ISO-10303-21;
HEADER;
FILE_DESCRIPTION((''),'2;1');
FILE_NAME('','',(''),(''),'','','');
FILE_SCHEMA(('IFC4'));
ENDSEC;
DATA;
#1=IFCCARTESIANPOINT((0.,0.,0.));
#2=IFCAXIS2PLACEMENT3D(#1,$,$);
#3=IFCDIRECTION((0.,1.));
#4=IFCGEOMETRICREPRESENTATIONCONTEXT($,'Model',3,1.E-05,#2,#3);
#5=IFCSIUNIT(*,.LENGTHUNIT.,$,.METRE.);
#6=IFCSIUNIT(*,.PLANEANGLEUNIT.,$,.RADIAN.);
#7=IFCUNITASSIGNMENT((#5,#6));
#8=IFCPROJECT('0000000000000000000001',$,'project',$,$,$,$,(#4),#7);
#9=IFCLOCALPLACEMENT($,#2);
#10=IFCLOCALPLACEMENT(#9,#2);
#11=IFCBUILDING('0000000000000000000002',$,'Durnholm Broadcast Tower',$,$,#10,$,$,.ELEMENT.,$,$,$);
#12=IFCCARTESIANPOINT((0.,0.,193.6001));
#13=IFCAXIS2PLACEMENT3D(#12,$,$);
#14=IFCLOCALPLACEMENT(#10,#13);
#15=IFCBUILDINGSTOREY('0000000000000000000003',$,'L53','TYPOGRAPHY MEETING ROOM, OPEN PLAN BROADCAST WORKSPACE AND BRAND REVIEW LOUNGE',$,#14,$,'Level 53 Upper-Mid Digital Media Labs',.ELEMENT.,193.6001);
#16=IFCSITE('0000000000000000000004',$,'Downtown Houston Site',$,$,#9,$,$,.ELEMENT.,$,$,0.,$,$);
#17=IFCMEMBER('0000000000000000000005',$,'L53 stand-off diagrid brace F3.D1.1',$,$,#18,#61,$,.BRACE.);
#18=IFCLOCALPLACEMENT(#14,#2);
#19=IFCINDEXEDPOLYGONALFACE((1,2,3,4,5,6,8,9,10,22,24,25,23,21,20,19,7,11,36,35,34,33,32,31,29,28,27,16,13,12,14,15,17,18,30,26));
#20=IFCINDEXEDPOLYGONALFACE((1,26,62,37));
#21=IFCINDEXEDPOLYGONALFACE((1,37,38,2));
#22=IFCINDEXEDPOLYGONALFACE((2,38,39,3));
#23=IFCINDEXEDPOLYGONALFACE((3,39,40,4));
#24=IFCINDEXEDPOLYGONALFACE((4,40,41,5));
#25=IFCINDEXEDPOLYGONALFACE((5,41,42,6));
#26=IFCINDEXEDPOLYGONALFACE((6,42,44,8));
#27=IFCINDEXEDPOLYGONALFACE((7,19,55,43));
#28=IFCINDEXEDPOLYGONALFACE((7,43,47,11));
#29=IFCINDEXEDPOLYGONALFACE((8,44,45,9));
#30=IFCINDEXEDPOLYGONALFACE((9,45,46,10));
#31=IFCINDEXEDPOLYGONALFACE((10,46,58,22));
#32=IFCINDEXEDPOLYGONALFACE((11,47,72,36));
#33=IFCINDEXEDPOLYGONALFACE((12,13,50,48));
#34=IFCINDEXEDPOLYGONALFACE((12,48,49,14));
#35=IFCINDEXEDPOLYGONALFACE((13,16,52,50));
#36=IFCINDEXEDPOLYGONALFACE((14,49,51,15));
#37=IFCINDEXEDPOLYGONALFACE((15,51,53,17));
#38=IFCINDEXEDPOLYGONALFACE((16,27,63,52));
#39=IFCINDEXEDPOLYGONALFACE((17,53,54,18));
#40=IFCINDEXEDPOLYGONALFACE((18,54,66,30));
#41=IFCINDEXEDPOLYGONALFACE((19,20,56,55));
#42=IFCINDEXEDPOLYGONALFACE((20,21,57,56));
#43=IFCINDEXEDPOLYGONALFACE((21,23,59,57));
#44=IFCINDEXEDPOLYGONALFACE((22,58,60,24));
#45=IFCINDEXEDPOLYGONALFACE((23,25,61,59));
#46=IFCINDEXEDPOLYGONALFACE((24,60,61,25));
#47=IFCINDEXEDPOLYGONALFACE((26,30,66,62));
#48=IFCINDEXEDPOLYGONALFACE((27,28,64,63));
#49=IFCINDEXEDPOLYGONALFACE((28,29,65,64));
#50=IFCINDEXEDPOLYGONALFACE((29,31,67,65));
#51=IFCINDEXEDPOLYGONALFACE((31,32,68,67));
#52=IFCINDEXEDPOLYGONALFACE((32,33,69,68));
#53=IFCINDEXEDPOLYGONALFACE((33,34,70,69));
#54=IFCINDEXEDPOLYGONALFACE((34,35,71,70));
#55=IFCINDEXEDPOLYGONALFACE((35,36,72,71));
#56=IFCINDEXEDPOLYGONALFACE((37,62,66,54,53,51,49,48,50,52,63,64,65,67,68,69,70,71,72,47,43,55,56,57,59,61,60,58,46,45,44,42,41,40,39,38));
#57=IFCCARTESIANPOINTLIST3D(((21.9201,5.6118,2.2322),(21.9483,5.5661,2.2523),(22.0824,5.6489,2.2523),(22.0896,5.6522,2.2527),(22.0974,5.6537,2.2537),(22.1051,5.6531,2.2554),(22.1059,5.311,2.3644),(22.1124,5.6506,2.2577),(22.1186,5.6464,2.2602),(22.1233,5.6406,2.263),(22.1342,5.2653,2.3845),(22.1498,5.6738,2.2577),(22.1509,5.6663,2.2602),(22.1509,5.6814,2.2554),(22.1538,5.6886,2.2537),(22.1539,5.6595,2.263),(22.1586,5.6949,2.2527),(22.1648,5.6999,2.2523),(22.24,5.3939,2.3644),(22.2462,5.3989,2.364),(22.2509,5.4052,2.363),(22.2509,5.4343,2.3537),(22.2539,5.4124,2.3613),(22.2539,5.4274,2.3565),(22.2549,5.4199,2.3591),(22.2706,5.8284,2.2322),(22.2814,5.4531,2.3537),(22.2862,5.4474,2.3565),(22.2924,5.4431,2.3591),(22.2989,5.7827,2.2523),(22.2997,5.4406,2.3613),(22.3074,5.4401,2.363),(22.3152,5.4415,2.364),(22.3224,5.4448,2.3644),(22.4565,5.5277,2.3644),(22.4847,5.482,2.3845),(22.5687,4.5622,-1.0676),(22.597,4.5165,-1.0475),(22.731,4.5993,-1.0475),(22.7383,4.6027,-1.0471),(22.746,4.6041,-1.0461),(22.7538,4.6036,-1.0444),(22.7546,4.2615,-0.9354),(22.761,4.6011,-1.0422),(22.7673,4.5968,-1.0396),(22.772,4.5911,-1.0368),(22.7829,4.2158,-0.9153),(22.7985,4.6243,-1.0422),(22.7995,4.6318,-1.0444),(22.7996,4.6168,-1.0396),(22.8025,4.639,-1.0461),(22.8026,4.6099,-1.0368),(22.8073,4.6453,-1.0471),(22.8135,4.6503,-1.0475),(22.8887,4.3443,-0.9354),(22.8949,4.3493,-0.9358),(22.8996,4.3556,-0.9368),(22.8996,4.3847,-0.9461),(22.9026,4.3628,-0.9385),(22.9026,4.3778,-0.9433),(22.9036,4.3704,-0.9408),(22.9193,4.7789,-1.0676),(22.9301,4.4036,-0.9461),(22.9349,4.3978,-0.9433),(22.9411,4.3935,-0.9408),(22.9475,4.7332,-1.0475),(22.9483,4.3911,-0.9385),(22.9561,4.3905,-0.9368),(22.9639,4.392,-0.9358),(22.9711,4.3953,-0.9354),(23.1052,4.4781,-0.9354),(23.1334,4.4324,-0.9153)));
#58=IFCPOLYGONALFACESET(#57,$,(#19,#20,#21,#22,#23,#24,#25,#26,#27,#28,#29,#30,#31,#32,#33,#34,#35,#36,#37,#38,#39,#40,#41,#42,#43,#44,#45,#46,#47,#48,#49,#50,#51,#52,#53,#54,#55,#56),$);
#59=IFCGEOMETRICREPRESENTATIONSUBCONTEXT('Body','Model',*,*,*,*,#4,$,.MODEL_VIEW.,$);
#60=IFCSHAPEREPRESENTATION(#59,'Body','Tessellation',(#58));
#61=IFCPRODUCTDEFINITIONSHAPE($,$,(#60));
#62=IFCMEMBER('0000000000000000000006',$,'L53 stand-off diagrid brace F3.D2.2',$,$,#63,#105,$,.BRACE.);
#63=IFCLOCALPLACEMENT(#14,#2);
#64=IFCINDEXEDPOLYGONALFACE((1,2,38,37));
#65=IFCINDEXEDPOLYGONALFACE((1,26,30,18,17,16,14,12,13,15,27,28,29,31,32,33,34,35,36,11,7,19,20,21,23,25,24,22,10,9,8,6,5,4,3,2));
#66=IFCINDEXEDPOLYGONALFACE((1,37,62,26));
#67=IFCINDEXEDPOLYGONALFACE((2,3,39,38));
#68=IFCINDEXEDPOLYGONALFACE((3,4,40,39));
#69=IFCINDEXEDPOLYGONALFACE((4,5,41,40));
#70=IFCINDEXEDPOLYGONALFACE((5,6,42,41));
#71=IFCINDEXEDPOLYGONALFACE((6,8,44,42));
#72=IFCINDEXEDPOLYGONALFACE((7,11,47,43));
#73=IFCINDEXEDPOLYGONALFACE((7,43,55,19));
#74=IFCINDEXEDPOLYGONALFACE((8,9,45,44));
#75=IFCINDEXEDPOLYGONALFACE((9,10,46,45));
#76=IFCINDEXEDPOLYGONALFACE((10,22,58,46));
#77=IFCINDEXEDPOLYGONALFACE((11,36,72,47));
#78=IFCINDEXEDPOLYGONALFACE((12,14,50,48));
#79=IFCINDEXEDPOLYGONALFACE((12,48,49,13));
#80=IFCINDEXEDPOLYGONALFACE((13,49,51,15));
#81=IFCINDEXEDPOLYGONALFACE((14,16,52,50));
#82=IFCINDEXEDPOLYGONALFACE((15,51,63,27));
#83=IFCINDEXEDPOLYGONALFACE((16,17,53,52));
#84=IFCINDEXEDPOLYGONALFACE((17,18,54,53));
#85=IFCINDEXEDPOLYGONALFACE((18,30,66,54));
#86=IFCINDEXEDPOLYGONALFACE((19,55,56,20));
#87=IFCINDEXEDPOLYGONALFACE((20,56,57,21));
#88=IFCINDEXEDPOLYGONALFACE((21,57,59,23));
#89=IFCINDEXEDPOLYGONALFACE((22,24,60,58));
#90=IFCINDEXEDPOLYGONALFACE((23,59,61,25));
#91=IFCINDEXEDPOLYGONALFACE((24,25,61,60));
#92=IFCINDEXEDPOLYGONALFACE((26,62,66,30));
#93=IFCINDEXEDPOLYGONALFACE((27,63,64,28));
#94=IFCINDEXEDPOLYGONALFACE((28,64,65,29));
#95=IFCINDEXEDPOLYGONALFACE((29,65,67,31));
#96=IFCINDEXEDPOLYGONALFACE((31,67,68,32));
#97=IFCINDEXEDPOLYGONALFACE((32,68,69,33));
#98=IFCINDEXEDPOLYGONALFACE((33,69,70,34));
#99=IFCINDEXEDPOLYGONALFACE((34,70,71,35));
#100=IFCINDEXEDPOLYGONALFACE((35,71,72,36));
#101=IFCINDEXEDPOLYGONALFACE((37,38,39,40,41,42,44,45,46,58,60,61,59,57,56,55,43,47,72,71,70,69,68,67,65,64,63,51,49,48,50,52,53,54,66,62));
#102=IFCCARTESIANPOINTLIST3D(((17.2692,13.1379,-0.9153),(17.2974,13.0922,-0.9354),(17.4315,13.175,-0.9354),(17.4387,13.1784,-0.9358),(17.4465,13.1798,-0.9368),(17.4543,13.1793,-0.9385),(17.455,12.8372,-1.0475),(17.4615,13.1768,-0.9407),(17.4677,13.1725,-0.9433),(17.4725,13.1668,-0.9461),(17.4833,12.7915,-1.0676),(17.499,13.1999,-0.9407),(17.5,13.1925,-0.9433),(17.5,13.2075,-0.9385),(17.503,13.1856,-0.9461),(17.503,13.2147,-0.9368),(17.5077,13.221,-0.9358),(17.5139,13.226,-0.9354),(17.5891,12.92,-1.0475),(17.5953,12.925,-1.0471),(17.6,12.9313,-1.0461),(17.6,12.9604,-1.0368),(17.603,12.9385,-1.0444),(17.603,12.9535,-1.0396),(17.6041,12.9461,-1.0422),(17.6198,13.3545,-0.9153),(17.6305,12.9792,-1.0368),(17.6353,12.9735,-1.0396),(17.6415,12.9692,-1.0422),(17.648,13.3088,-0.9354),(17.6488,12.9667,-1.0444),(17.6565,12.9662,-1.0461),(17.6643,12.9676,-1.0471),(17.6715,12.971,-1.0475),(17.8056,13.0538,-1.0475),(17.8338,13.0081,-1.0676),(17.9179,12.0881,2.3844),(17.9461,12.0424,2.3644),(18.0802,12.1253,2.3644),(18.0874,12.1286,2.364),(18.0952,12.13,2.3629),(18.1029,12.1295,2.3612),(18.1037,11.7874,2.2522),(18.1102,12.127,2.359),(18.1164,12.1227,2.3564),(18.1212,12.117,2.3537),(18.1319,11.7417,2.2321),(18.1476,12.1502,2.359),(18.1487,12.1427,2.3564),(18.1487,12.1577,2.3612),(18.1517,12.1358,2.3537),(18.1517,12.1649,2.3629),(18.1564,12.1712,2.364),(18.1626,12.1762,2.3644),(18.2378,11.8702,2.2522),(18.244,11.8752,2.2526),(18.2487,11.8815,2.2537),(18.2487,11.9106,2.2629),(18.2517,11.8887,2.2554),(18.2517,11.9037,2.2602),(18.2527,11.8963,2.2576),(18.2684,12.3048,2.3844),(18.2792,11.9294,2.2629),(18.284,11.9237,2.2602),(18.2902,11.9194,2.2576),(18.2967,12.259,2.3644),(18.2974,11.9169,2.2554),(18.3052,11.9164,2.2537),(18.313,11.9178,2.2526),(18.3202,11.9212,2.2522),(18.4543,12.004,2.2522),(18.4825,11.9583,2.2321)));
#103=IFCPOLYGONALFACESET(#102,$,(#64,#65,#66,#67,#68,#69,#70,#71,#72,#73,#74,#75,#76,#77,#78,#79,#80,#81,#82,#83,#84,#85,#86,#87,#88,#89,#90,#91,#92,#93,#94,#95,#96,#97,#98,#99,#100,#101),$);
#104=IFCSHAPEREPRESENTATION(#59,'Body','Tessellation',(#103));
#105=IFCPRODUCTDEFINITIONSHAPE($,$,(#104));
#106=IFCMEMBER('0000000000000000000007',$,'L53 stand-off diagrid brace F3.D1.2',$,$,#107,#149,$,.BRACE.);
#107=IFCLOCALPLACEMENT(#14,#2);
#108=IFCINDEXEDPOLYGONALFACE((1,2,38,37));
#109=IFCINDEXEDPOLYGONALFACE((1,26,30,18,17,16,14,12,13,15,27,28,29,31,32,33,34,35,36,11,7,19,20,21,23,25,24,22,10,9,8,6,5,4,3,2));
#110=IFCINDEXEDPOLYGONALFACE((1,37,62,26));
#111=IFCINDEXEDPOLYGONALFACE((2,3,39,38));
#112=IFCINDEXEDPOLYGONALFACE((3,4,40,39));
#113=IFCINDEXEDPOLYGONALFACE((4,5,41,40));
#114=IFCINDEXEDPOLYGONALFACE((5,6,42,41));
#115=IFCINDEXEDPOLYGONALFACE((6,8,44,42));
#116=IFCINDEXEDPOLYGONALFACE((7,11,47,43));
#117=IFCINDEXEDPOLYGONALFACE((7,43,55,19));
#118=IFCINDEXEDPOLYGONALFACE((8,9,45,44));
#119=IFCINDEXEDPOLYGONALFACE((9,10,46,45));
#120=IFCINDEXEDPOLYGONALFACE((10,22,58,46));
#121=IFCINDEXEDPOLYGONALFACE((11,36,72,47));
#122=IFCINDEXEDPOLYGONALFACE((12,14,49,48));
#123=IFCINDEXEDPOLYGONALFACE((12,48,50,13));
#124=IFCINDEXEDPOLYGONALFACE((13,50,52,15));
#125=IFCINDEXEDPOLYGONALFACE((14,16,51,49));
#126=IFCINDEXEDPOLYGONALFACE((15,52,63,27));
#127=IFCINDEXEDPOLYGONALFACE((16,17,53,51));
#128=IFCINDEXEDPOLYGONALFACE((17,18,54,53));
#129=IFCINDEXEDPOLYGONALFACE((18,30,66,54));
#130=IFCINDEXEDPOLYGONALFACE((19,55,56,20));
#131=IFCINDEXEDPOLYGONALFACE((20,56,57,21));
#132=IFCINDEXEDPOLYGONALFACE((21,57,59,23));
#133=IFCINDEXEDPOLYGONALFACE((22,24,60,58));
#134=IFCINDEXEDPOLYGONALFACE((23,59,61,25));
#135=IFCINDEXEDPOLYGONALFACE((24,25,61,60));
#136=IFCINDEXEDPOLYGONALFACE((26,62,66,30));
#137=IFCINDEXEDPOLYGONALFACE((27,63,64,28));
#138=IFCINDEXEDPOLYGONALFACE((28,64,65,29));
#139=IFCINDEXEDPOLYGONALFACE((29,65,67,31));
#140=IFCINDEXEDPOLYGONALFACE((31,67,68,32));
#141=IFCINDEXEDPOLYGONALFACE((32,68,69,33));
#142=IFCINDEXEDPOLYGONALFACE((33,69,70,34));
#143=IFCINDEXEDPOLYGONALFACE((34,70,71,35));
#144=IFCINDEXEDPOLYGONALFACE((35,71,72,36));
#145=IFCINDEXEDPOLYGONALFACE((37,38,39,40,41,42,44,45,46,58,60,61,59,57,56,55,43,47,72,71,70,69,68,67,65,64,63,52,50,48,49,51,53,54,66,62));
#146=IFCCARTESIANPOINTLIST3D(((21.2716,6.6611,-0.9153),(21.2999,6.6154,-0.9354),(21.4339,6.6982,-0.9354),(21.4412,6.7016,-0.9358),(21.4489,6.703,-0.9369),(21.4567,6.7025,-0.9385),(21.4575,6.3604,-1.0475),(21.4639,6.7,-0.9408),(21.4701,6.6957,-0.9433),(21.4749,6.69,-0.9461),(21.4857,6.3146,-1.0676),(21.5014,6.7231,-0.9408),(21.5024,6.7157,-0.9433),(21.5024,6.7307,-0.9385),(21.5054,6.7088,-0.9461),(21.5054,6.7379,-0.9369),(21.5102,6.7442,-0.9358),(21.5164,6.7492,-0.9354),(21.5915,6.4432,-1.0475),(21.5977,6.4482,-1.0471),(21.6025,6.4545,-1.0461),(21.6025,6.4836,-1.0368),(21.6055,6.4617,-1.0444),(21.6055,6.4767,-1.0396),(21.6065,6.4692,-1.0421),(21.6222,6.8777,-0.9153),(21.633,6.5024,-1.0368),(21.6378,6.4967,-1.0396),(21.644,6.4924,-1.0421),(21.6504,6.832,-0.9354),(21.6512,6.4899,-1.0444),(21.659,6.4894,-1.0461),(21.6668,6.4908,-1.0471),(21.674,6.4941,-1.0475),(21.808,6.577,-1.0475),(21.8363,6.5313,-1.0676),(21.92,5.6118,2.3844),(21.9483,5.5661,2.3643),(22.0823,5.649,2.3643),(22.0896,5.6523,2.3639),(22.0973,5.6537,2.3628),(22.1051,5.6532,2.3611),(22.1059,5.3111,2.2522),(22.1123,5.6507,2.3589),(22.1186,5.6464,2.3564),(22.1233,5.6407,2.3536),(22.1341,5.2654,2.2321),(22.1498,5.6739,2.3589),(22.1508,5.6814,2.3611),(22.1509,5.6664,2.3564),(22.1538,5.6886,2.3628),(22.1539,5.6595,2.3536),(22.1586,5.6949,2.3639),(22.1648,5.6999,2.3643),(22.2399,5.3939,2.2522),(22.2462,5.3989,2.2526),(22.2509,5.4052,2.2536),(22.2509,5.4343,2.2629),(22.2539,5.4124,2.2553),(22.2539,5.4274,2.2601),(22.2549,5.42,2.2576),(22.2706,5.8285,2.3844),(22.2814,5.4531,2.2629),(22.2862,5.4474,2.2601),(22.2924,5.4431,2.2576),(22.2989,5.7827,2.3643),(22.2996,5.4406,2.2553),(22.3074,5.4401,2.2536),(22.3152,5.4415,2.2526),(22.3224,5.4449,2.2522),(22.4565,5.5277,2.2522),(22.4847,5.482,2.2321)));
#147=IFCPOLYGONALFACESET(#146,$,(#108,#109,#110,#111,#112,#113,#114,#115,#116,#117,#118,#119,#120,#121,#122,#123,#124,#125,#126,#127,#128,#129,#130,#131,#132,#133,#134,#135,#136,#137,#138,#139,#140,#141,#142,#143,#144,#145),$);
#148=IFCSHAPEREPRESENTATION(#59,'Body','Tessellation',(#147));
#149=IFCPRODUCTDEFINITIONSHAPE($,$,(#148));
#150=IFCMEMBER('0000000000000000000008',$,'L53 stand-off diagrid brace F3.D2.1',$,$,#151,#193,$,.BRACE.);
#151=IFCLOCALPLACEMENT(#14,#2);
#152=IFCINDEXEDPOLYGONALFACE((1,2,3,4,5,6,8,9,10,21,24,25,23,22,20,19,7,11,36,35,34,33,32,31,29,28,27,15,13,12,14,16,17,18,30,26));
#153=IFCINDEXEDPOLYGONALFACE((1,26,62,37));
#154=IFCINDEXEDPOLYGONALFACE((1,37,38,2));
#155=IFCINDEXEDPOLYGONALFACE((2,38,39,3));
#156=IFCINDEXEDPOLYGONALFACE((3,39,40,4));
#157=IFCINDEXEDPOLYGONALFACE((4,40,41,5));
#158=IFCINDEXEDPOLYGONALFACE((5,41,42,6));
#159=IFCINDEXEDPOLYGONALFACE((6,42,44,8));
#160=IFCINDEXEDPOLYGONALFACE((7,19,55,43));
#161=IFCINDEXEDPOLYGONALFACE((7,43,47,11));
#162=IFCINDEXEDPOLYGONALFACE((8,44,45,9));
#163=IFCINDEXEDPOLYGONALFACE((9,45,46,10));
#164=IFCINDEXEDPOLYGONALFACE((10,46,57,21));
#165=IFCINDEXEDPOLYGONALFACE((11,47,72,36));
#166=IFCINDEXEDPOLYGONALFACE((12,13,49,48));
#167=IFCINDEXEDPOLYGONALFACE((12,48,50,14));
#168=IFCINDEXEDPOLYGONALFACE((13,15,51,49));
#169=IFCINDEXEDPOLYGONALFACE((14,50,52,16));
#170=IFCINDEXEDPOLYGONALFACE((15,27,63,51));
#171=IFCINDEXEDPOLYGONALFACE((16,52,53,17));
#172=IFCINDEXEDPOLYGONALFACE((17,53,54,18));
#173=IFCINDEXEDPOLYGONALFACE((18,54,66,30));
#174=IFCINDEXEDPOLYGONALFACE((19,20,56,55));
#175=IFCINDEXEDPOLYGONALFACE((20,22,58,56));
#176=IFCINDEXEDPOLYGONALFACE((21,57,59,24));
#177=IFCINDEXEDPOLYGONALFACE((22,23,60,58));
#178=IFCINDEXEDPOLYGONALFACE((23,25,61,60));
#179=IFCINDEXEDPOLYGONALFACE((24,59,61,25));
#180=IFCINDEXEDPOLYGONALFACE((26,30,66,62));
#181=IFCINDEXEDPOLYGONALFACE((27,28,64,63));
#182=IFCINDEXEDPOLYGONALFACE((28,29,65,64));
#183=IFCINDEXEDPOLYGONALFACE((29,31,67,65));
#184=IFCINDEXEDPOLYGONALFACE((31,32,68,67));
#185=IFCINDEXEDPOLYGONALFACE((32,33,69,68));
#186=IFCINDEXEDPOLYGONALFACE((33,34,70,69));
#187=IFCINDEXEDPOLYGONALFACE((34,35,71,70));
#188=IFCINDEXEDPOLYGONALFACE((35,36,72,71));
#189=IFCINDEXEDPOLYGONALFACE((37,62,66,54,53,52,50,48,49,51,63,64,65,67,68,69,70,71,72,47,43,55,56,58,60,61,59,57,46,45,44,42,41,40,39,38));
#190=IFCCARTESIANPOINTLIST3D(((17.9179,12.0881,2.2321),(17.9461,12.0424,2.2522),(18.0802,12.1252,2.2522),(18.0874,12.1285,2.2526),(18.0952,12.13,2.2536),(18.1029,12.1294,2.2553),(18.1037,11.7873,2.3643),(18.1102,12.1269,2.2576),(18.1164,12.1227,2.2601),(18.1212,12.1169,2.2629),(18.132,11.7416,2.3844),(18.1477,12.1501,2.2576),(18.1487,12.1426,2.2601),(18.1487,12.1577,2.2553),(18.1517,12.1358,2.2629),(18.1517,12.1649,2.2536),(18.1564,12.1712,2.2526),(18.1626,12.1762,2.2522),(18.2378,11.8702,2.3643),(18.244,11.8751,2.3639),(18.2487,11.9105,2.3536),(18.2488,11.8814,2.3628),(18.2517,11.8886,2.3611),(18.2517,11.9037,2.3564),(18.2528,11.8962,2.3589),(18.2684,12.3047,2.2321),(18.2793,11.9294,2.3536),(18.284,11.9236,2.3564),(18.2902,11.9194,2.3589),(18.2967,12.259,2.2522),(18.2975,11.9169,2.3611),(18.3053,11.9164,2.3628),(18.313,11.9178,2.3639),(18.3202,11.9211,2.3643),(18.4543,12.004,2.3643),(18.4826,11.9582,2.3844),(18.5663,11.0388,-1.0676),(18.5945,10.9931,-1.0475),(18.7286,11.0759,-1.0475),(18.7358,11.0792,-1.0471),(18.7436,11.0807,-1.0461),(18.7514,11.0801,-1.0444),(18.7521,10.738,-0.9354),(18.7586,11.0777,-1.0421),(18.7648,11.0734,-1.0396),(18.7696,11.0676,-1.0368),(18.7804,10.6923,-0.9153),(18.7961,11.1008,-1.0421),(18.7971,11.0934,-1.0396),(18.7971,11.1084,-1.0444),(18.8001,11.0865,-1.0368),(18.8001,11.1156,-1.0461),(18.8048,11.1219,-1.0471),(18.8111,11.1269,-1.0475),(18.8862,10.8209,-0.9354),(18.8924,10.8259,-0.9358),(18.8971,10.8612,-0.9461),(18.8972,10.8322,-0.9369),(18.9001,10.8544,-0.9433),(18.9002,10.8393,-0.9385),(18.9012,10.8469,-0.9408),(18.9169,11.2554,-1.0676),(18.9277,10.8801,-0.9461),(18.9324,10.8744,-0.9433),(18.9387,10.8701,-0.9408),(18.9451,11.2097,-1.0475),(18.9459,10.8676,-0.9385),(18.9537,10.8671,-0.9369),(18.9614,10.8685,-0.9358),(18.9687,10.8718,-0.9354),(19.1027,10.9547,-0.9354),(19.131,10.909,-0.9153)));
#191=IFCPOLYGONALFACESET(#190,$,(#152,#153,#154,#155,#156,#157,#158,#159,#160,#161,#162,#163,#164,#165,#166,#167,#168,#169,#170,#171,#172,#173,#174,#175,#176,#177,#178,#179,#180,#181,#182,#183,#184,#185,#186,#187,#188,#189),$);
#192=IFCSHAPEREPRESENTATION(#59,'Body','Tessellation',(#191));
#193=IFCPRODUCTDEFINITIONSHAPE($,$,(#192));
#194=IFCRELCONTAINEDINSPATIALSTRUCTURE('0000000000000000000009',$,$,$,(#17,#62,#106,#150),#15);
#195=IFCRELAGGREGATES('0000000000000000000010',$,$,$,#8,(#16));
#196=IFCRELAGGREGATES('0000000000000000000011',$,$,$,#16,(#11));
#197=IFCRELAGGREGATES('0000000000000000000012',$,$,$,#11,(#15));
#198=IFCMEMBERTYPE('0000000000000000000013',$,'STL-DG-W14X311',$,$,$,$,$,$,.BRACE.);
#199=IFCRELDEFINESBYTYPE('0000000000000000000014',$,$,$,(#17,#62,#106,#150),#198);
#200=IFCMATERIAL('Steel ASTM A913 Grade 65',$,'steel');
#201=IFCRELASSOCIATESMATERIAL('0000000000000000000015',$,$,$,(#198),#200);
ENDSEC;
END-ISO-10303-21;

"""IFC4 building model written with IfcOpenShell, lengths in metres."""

from ifc_helpers import new_model, si_unit, direction, frame, origin, origin_2d, place, context, subcontext, project, spatial, i_section, extrude, source, transform, mapped, material, material_profile, profile_set, type_object, type_shapes, element, save


model = new_model("IFC4")

# Units and contexts
model_context = context("Model", 3, precision=1e-05, world=origin(), true_north=direction((0.0, 1.0)))
body_context = subcontext(model_context, "Body", "Model", "MODEL_VIEW")
ifc_project = project(units=[si_unit("LENGTHUNIT", "METRE"), si_unit("PLANEANGLEUNIT", "RADIAN")], contexts=[model_context])

# Site, building, storey
site_placement = place(None, origin())
site = spatial("IfcSite", under=ifc_project, at=site_placement, Name="Downtown Houston Site", CompositionType="ELEMENT", RefElevation=0.0)
building_placement = place(site_placement, origin())
building = spatial("IfcBuilding", under=site, at=building_placement, Name="Durnholm Broadcast Tower", CompositionType="ELEMENT")
storey_placement = place(building_placement, frame((0.0, 0.0, 193.6001)))
storey = spatial("IfcBuildingStorey", under=building, at=storey_placement, Name="L53", Description="TYPOGRAPHY MEETING ROOM, OPEN PLAN BROADCAST WORKSPACE AND BRAND REVIEW LOUNGE", LongName="Level 53 Upper-Mid Digital Media Labs", CompositionType="ELEMENT", Elevation=193.6001)

# Members
ifc_material_1 = material(Name="Steel ASTM A913 Grade 65", Category="steel")
ifc_material_profile_1 = material_profile(ifc_material_1, i_section(OverallWidth=0.4121, OverallDepth=0.4348, WebThickness=0.0359, FlangeThickness=0.0574, FilletRadius=0.0305, at=origin_2d()), Name="W14X311")
ifc_profile_set_1 = profile_set([ifc_material_profile_1], Name="Steel ASTM A913 Grade 65")
member_type_1 = type_object("IfcMemberType", Name="STL-DG-W14X311", PredefinedType="BRACE", material=ifc_profile_set_1)
shared_shape_1 = source(origin(), body_context, "Body", "SweptSolid", [
    extrude(i_section(OverallWidth=0.4121, OverallDepth=0.4348, WebThickness=0.0359, FlangeThickness=0.0574, FilletRadius=0.0305, at=origin_2d()), origin(), (0.0, 0.0, 1.0), 3.5229),
])
for number, where, z_axis, x_axis, name in (
    (1, (22.8511, 4.4973, -0.9915), (-0.184131, 0.297922, 0.936663), (-0.850644, -0.525741, 0.0), "L53 stand-off diagrid brace F3.D1.1"),
    (2, (17.5515, 13.073, -0.9915), (0.184127, -0.297985, 0.936644), (0.850699, 0.525653, 0.0), "L53 stand-off diagrid brace F3.D2.2"),
):
    element("IfcMember", number, at=place(storey_placement, frame(where, z_axis=z_axis, x_axis=x_axis)), inside=storey, type_object=member_type_1, Name=name, PredefinedType="BRACE", context=body_context, shape_type="MappedRepresentation", body=[
        mapped(shared_shape_1, transform((0.0, 0.0, 0.0), x_axis=(1.0, 0.0, 0.0), y_axis=(0.0, 1.0, 0.0), z_axis=(0.0, 0.0, 1.0), scale=1.0)),
    ])
shared_shape_2 = source(origin(), body_context, "Body", "SweptSolid", [
    extrude(i_section(OverallWidth=0.4121, OverallDepth=0.4348, WebThickness=0.0359, FlangeThickness=0.0574, FilletRadius=0.0305, at=origin_2d()), origin(), (0.0, 0.0, 1.0), 3.5227),
])
type_shapes(member_type_1, [shared_shape_1, shared_shape_2])
for number, where, z_axis, x_axis, name in (
    (3, (21.554, 6.5962, -0.9915), (0.184068, -0.297863, 0.936695), (0.850678, 0.525687, 0.0), "L53 stand-off diagrid brace F3.D1.2"),
    (4, (18.8486, 10.9739, -0.9915), (-0.184068, 0.297863, 0.936695), (-0.850678, -0.525687, 0.0), "L53 stand-off diagrid brace F3.D2.1"),
):
    element("IfcMember", number, at=place(storey_placement, frame(where, z_axis=z_axis, x_axis=x_axis)), inside=storey, type_object=member_type_1, Name=name, PredefinedType="BRACE", context=body_context, shape_type="MappedRepresentation", body=[
        mapped(shared_shape_2, transform((0.0, 0.0, 0.0), x_axis=(1.0, 0.0, 0.0), y_axis=(0.0, 1.0, 0.0), z_axis=(0.0, 0.0, 1.0), scale=1.0)),
    ])

save(model, "model.ifc")
